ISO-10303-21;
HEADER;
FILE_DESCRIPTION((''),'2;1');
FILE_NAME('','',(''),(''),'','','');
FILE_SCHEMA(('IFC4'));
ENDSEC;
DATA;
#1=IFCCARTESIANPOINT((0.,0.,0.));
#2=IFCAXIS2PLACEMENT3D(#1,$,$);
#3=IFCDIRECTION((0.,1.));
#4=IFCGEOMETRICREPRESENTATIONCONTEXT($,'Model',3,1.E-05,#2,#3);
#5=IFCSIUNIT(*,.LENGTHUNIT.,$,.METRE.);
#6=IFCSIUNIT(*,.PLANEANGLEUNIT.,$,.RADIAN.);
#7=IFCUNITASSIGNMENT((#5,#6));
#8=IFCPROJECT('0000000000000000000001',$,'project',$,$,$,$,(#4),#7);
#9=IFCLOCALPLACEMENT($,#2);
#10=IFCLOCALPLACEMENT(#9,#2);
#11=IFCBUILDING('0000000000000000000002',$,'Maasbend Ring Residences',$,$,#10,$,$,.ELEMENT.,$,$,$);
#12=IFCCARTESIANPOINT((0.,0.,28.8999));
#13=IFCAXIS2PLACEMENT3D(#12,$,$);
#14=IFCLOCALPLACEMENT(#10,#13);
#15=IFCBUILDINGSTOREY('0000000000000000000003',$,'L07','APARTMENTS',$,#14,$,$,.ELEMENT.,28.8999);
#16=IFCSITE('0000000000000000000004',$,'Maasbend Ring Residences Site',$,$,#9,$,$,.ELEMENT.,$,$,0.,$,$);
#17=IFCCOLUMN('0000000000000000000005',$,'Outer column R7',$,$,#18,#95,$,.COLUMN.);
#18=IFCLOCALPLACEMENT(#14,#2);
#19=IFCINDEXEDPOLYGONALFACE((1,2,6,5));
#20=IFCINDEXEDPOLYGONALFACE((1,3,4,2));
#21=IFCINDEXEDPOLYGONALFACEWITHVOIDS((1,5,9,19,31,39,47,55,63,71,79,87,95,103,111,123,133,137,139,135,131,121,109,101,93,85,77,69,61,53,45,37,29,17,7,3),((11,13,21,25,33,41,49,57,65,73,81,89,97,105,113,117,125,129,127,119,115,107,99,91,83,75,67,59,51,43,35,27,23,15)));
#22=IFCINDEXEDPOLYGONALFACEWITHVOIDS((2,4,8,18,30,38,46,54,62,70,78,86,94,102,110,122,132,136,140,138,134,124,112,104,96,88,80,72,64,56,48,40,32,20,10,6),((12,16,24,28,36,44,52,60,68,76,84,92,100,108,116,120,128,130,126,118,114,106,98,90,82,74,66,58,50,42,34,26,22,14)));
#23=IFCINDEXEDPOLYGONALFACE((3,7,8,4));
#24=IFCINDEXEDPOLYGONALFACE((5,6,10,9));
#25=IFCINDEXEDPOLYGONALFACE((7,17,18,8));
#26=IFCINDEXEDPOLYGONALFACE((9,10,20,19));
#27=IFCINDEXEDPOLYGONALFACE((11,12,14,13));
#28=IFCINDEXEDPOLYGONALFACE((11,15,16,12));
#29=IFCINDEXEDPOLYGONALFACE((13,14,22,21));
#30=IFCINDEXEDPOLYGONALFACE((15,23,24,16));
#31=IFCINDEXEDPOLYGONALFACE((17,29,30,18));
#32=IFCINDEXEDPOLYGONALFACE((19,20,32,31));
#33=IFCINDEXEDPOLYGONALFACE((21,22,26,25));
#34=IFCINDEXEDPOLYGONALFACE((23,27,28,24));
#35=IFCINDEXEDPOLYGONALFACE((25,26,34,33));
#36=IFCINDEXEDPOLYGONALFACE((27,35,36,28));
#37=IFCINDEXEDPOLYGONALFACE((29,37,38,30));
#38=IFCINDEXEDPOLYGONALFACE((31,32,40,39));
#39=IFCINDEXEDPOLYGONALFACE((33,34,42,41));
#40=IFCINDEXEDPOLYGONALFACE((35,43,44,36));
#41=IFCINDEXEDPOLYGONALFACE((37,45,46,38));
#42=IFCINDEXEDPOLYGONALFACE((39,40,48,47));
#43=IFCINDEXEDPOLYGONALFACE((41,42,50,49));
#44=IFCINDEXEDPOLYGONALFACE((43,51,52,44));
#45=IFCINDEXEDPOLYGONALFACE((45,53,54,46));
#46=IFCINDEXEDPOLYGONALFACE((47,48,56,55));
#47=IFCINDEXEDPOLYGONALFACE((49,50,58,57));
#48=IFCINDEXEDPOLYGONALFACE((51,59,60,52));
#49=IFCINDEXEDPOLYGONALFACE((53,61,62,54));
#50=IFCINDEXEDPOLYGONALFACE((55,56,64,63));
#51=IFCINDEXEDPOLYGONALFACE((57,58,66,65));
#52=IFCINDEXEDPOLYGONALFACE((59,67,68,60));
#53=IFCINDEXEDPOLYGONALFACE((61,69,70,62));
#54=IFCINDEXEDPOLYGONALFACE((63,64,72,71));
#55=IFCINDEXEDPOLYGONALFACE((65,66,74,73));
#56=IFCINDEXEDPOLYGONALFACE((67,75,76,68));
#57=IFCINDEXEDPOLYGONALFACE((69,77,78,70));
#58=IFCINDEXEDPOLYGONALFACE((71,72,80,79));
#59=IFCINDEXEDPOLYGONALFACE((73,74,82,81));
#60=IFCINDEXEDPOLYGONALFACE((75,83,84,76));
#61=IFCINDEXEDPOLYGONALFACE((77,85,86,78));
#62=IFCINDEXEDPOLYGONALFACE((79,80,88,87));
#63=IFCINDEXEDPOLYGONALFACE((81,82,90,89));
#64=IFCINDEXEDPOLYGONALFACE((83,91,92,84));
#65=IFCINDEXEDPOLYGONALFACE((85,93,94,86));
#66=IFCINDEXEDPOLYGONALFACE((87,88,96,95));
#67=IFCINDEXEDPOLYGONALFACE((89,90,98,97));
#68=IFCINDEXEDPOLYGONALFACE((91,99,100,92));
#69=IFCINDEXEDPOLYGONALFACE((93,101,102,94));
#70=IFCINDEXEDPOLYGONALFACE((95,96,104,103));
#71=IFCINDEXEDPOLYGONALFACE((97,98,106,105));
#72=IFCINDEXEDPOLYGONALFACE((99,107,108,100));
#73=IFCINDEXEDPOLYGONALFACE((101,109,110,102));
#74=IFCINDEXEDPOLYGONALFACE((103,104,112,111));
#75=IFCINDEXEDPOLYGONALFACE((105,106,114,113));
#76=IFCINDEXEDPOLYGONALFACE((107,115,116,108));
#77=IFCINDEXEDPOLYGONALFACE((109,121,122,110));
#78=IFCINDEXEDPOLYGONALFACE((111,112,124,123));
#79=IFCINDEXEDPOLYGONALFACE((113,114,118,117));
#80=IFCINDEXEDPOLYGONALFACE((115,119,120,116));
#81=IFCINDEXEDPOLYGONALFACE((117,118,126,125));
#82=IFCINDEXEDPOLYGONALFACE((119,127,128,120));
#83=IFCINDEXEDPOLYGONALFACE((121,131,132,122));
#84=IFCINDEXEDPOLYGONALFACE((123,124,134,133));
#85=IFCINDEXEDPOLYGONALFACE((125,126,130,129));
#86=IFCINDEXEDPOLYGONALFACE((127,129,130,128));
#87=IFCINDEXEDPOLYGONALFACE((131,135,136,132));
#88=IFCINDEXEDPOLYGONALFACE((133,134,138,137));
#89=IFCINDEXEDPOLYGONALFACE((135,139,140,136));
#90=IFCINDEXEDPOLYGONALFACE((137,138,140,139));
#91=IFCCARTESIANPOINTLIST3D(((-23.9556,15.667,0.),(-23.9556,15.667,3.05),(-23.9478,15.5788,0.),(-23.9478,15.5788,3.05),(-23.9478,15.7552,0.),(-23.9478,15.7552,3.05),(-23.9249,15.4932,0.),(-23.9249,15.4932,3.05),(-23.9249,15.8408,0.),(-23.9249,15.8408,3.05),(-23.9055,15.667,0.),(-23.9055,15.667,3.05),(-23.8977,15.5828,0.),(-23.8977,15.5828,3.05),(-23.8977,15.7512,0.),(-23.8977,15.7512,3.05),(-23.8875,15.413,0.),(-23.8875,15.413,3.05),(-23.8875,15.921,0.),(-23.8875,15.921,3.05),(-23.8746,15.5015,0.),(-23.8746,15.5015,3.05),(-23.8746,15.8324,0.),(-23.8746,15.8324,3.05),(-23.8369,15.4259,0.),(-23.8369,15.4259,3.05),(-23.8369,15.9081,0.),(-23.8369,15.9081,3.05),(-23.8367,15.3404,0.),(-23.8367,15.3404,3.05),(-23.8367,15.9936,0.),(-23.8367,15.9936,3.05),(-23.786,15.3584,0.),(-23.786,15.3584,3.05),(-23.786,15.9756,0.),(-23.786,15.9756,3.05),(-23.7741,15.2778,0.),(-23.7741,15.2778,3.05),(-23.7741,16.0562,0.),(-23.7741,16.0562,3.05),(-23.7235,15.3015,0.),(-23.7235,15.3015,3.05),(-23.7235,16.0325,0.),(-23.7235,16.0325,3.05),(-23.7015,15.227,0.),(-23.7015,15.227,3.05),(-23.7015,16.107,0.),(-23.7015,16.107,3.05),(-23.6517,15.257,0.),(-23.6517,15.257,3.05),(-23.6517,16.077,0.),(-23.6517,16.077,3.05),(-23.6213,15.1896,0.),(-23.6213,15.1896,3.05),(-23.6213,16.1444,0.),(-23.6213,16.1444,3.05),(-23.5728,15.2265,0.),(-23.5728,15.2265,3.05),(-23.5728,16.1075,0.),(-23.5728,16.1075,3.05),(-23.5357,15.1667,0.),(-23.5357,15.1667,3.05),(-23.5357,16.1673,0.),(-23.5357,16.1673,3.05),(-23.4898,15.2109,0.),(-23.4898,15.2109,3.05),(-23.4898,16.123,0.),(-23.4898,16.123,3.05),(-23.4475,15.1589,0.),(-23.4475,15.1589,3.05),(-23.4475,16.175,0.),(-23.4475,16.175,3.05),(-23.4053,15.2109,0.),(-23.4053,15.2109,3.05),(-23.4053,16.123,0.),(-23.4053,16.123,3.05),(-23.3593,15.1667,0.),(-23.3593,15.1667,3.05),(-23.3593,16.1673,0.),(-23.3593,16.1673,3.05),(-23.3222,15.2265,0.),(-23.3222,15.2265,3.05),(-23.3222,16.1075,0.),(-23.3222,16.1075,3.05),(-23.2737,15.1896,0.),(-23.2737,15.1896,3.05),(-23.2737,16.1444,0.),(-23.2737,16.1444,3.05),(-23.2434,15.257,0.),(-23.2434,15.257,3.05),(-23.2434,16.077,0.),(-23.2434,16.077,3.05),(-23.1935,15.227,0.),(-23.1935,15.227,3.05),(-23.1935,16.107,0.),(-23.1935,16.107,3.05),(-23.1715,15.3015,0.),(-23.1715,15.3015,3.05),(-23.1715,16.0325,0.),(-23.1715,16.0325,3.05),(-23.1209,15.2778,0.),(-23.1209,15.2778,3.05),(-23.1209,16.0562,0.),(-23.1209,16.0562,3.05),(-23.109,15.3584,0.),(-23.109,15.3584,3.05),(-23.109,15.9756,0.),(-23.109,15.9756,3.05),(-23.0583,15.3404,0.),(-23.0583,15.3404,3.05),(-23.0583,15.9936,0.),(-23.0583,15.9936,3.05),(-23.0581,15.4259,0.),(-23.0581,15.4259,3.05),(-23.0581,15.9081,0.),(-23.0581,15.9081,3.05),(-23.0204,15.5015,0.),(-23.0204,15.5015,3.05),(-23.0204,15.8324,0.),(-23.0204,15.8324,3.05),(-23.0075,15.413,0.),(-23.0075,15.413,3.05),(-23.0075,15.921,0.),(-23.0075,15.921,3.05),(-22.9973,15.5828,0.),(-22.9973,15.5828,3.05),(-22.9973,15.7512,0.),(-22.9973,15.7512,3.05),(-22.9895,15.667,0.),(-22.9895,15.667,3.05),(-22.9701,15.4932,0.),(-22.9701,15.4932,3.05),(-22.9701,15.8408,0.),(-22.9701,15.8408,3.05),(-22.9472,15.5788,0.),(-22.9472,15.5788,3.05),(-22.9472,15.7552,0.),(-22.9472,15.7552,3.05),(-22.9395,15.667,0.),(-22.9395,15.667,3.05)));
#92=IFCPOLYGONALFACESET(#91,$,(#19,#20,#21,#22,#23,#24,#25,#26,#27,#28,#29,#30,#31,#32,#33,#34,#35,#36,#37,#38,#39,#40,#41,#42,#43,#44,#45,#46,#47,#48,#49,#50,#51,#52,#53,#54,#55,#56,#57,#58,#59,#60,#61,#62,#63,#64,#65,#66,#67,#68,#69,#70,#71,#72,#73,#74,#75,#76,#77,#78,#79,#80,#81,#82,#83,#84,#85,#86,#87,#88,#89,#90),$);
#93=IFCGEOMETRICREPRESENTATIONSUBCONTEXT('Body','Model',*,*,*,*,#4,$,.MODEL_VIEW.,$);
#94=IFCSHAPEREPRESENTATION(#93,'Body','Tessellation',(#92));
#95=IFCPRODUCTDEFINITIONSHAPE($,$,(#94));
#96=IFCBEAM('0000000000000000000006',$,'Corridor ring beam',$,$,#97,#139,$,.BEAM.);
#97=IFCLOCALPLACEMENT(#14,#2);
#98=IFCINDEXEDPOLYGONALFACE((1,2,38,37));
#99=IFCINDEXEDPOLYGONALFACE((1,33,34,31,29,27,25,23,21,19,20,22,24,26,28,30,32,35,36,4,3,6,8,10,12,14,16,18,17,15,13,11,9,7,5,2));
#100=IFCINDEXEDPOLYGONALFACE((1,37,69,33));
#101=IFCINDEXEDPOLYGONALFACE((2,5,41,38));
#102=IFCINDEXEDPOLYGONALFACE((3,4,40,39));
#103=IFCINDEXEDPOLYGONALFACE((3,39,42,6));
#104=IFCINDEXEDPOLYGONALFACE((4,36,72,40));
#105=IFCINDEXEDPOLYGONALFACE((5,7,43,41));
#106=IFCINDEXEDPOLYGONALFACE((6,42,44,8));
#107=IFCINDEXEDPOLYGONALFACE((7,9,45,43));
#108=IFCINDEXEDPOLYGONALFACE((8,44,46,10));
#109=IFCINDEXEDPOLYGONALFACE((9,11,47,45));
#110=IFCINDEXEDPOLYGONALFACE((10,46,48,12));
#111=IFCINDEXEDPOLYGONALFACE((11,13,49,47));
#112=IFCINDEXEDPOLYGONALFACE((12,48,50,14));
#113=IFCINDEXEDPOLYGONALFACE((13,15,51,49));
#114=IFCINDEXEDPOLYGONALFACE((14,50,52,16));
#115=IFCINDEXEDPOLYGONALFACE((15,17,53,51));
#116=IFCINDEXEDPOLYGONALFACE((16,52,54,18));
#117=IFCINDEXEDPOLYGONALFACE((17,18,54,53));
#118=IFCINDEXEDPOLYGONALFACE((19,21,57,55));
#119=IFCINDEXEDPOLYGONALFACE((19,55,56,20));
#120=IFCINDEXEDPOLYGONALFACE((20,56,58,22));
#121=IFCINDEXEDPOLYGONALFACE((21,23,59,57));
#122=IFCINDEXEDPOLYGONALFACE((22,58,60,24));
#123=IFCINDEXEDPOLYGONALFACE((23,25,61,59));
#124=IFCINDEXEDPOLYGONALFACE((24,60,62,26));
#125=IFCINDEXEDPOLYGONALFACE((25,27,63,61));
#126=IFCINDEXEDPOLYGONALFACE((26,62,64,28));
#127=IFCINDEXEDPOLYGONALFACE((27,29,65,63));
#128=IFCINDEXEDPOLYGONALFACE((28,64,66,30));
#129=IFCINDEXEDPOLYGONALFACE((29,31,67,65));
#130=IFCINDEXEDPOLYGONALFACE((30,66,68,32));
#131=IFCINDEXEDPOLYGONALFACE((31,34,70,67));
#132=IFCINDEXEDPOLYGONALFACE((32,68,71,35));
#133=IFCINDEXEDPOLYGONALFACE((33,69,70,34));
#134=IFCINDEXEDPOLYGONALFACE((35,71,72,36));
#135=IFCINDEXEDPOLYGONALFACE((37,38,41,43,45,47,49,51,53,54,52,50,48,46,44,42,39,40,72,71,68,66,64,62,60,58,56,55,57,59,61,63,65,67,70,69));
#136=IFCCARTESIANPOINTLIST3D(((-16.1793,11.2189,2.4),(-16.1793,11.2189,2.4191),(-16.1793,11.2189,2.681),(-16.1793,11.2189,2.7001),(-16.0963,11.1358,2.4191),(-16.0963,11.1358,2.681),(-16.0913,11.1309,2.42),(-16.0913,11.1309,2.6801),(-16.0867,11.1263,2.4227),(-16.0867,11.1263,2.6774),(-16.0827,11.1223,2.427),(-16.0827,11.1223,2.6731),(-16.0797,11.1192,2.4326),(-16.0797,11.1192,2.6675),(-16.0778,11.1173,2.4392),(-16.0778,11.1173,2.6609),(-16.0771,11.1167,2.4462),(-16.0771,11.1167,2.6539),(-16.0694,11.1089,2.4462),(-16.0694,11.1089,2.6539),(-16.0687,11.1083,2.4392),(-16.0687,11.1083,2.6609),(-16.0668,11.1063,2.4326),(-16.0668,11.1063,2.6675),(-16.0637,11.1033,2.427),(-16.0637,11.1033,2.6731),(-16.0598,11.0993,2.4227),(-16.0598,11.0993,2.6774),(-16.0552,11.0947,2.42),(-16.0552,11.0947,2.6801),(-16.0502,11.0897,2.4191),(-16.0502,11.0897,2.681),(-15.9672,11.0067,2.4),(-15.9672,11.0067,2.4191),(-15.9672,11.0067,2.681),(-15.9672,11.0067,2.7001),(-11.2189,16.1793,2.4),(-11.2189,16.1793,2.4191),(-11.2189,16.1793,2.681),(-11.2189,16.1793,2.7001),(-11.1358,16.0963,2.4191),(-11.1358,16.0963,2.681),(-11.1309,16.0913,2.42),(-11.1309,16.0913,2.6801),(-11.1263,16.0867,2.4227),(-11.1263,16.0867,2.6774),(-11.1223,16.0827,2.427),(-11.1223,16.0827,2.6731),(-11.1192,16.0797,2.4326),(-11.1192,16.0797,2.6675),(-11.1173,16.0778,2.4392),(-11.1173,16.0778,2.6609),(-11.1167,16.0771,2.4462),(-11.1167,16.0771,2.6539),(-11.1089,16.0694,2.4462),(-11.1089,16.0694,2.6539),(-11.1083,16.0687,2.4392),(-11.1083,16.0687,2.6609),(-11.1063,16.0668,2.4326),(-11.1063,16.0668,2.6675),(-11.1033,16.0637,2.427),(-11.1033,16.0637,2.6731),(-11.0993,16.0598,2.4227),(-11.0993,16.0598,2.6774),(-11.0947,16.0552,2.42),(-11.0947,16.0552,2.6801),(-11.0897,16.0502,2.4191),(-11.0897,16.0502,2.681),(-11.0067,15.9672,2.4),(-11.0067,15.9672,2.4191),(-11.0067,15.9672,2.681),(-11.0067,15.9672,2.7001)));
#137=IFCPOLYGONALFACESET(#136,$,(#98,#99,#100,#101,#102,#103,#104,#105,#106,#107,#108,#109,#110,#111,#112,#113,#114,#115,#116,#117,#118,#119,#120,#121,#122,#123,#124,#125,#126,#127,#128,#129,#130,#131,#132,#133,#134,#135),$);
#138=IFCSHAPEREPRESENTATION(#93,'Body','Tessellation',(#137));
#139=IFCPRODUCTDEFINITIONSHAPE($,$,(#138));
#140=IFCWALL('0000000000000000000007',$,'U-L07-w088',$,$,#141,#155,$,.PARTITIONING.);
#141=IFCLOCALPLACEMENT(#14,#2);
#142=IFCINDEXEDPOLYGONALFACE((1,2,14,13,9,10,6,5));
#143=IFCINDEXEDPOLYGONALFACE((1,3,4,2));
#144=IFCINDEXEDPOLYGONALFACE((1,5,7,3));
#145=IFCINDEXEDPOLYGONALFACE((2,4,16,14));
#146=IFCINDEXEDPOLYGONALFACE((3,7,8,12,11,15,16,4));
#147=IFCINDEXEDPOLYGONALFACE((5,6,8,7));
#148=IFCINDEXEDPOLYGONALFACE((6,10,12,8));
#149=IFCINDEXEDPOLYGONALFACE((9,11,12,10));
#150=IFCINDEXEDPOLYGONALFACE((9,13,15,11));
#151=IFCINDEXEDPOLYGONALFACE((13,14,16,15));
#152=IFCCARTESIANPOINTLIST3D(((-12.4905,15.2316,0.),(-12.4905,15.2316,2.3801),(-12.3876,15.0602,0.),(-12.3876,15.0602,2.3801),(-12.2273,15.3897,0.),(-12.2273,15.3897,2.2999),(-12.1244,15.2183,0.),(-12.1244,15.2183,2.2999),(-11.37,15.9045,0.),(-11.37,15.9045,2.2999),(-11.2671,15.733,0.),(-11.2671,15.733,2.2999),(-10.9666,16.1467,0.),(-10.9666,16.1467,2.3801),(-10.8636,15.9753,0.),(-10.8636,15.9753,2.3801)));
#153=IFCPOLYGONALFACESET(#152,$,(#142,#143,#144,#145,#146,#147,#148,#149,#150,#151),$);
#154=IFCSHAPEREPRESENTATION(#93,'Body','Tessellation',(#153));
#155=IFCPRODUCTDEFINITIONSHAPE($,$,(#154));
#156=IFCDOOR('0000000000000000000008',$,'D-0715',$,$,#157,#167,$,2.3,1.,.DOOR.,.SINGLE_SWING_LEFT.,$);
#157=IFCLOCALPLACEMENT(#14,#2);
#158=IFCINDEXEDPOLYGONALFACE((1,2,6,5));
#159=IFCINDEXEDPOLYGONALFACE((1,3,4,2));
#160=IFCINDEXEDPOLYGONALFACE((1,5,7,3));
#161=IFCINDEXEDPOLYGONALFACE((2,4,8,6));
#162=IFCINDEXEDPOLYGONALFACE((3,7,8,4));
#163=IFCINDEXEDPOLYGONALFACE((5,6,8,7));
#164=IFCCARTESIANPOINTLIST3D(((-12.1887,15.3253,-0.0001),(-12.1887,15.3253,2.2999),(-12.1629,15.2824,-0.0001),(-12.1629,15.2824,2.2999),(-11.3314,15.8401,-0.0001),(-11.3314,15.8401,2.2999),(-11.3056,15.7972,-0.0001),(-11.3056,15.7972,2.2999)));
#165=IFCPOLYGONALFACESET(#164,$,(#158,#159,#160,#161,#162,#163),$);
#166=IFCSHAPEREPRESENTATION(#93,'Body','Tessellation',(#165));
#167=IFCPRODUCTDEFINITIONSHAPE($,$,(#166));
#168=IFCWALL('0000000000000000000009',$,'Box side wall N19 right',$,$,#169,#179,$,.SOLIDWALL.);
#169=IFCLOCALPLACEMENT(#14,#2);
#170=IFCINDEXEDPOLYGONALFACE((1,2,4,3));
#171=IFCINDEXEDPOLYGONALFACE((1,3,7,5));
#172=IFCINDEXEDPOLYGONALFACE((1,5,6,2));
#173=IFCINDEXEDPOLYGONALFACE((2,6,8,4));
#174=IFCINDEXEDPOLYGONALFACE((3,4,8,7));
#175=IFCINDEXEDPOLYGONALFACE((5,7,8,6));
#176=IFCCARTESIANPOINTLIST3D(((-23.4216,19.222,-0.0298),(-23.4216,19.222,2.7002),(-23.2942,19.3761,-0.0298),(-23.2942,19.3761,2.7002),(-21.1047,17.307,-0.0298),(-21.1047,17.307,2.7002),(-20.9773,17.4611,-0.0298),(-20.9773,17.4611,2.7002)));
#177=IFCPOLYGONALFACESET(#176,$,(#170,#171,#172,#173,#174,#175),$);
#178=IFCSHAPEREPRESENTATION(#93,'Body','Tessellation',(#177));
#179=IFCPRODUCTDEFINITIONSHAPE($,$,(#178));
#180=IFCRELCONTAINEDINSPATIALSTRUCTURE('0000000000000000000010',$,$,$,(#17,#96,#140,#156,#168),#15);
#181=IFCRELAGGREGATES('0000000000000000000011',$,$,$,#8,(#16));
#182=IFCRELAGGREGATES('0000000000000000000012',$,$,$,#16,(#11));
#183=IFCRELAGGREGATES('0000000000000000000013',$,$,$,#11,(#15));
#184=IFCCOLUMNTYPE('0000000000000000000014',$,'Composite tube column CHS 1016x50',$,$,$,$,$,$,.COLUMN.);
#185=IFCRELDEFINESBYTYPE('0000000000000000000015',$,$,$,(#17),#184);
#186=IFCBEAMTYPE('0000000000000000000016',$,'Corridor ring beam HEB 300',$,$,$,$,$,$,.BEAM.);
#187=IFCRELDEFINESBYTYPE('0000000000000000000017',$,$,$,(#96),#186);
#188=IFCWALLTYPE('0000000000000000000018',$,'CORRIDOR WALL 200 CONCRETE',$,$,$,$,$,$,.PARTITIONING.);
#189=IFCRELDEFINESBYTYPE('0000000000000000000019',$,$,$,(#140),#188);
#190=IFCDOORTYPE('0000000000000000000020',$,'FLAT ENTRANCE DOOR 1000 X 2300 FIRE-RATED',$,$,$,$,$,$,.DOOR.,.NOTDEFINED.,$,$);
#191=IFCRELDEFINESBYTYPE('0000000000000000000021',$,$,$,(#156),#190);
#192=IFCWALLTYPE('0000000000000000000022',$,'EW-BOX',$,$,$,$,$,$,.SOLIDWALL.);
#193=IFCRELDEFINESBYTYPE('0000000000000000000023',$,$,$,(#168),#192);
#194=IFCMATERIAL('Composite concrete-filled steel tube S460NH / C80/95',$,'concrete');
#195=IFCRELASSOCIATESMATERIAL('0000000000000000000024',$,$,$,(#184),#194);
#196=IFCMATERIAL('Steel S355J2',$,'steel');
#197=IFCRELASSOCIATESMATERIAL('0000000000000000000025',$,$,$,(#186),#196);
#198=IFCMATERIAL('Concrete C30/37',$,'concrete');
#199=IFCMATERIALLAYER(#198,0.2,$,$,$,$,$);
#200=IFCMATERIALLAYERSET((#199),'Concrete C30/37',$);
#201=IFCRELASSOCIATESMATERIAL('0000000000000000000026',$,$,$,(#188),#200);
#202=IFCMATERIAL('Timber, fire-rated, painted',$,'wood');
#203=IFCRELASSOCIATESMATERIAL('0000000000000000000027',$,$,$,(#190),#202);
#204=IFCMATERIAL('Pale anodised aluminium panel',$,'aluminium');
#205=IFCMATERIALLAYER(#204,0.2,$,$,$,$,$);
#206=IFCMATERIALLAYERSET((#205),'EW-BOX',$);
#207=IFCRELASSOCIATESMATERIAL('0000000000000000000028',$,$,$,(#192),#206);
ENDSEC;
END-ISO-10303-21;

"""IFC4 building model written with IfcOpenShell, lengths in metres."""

from ifc_helpers import new_model, si_unit, direction, frame, frame_2d, origin, origin_2d, place, context, subcontext, project, spatial, rectangle, hollow_circle, i_section, extrude, material, layer, layer_set, material_profile, profile_set, type_object, element, fill, save


model = new_model("IFC4")

# Units and contexts
model_context = context("Model", 3, precision=1e-05, world=origin(), true_north=direction((0.0, 1.0)))
body_context = subcontext(model_context, "Body", "Model", "MODEL_VIEW")
ifc_project = project(units=[si_unit("LENGTHUNIT", "METRE"), si_unit("PLANEANGLEUNIT", "RADIAN")], contexts=[model_context])

# Site, building, storey
site_placement = place(None, origin())
site = spatial("IfcSite", under=ifc_project, at=site_placement, Name="Maasbend Ring Residences Site", CompositionType="ELEMENT", RefElevation=0.0)
building_placement = place(site_placement, origin())
building = spatial("IfcBuilding", under=site, at=building_placement, Name="Maasbend Ring Residences", CompositionType="ELEMENT")
storey_placement = place(building_placement, frame((0.0, 0.0, 28.8999)))
storey = spatial("IfcBuildingStorey", under=building, at=storey_placement, Name="L07", Description="APARTMENTS", CompositionType="ELEMENT", Elevation=28.8999)

# Column
ifc_material_1 = material(Name="Composite concrete-filled steel tube S460NH / C80/95", Category="concrete")
ifc_material_profile_1 = material_profile(ifc_material_1, hollow_circle(Radius=0.5081, WallThickness=0.05, at=origin_2d()), Name="Composite tube column CHS 1016x50")
ifc_profile_set_1 = profile_set([ifc_material_profile_1], Name="Composite concrete-filled steel tube S460NH / C80/95")
column_type = type_object("IfcColumnType", Name="Composite tube column CHS 1016x50", PredefinedType="COLUMN", material=ifc_profile_set_1)
column_placement = place(storey_placement, frame((-23.4475, 15.667, 0.0), z_axis=(0.0, 0.0, 1.0), x_axis=(1.0, 0.0, 0.0)))
element("IfcColumn", 1, at=column_placement, inside=storey, type_object=column_type, Name="Outer column R7", PredefinedType="COLUMN", context=body_context, shape_type="SweptSolid", body=[
    extrude(hollow_circle(Radius=0.5081, WallThickness=0.05, at=origin_2d()), origin(), (0.0, 0.0, 1.0), 3.05),
])

# Beam
ifc_material_2 = material(Name="Steel S355J2", Category="steel")
ifc_material_profile_2 = material_profile(ifc_material_2, i_section(OverallWidth=0.3, OverallDepth=0.3, WebThickness=0.011, FlangeThickness=0.019, FilletRadius=0.0271, at=origin_2d()), Name="HEB 300")
ifc_profile_set_2 = profile_set([ifc_material_profile_2], Name="Steel S355J2")
beam_type = type_object("IfcBeamType", Name="Corridor ring beam HEB 300", PredefinedType="BEAM", material=ifc_profile_set_2)
beam_placement = place(storey_placement, frame((-11.1128, 16.0732, 2.55), z_axis=(-0.707107, -0.707107, 0.0), x_axis=(0.707107, -0.707107, 0.0)))
element("IfcBeam", 2, at=beam_placement, inside=storey, type_object=beam_type, Name="Corridor ring beam", PredefinedType="BEAM", context=body_context, shape_type="SweptSolid", body=[
    extrude(i_section(OverallWidth=0.3, OverallDepth=0.3, WebThickness=0.011, FlangeThickness=0.019, FilletRadius=0.0271, at=origin_2d()), origin(), (0.0, 0.0, 1.0), 7.0151),
])

# Wall, opening, door
ifc_material_3 = material(Name="Concrete C30/37", Category="concrete")
ifc_layer_1 = layer(ifc_material_3, 0.2)
ifc_layer_set_1 = layer_set([ifc_layer_1], Name="Concrete C30/37")
wall_type_1 = type_object("IfcWallType", Name="CORRIDOR WALL 200 CONCRETE", PredefinedType="PARTITIONING", material=ifc_layer_set_1)
wall_1_placement = place(storey_placement, frame((-12.439, 15.146, 0.0), z_axis=(0.0, 0.0, 1.0), x_axis=(0.857323, 0.514779, 0.0)))
wall_1 = element("IfcWall", 3, at=wall_1_placement, inside=storey, type_object=wall_type_1, Name="U-L07-w088", PredefinedType="PARTITIONING", context=body_context, shape_type="SweptSolid", body=[
    extrude(rectangle(XDim=1.7776, YDim=0.2, at=frame_2d((0.8887, 0.0))), origin(), (0.0, 0.0, 1.0), 2.3801),
])
opening_1_placement = place(wall_1_placement, frame((0.3069, 0.0, 0.0)))
opening_1 = element("IfcOpeningElement", 4, at=opening_1_placement, cuts=wall_1, PredefinedType="OPENING", context=body_context, shape_type="SweptSolid", body=[
    extrude(rectangle(XDim=1.0, YDim=2.3, at=frame_2d((0.5, 1.1499))), frame((0.0, 0.1099, 0.0), z_axis=(0.0, -1.0, 0.0), x_axis=(1.0, 0.0, 0.0)), (0.0, 0.0, 1.0), 0.22),
])
ifc_material_4 = material(Name="Timber, fire-rated, painted", Category="wood")
door_type_1 = type_object("IfcDoorType", Name="FLAT ENTRANCE DOOR 1000 X 2300 FIRE-RATED", OperationType="NOTDEFINED", PredefinedType="DOOR", material=ifc_material_4)
door_1_placement = place(opening_1_placement, origin())
door_1 = element("IfcDoor", 5, at=door_1_placement, inside=storey, type_object=door_type_1, Name="D-0715", OperationType="SINGLE_SWING_LEFT", OverallHeight=2.3, OverallWidth=1.0, PredefinedType="DOOR", context=body_context, shape_type="SweptSolid", body=[
    extrude(rectangle(XDim=1.0, YDim=2.3, at=frame_2d((0.5, 1.1499))), frame((0.0, 0.0249, 0.0), z_axis=(0.0, -1.0, 0.0), x_axis=(1.0, 0.0, 0.0)), (0.0, 0.0, 1.0), 0.05),
])
fill(opening_1, door_1)

# Wall
ifc_material_5 = material(Name="Pale anodised aluminium panel", Category="aluminium")
ifc_layer_2 = layer(ifc_material_5, 0.2)
ifc_layer_set_2 = layer_set([ifc_layer_2], Name="EW-BOX")
wall_type_2 = type_object("IfcWallType", Name="EW-BOX", PredefinedType="SOLIDWALL", material=ifc_layer_set_2)
wall_2_placement = place(storey_placement, frame((-21.041, 17.384, -0.0298), z_axis=(0.0, 0.0, 1.0), x_axis=(-0.770785, 0.637096, 0.0)))
element("IfcWall", 6, at=wall_2_placement, inside=storey, type_object=wall_type_2, Name="Box side wall N19 right", PredefinedType="SOLIDWALL", context=body_context, shape_type="SweptSolid", body=[
    extrude(rectangle(XDim=3.0059, YDim=0.2, at=frame_2d((1.5029, 0.0))), origin(), (0.0, 0.0, 1.0), 2.73),
])

save(model, "model.ifc")
